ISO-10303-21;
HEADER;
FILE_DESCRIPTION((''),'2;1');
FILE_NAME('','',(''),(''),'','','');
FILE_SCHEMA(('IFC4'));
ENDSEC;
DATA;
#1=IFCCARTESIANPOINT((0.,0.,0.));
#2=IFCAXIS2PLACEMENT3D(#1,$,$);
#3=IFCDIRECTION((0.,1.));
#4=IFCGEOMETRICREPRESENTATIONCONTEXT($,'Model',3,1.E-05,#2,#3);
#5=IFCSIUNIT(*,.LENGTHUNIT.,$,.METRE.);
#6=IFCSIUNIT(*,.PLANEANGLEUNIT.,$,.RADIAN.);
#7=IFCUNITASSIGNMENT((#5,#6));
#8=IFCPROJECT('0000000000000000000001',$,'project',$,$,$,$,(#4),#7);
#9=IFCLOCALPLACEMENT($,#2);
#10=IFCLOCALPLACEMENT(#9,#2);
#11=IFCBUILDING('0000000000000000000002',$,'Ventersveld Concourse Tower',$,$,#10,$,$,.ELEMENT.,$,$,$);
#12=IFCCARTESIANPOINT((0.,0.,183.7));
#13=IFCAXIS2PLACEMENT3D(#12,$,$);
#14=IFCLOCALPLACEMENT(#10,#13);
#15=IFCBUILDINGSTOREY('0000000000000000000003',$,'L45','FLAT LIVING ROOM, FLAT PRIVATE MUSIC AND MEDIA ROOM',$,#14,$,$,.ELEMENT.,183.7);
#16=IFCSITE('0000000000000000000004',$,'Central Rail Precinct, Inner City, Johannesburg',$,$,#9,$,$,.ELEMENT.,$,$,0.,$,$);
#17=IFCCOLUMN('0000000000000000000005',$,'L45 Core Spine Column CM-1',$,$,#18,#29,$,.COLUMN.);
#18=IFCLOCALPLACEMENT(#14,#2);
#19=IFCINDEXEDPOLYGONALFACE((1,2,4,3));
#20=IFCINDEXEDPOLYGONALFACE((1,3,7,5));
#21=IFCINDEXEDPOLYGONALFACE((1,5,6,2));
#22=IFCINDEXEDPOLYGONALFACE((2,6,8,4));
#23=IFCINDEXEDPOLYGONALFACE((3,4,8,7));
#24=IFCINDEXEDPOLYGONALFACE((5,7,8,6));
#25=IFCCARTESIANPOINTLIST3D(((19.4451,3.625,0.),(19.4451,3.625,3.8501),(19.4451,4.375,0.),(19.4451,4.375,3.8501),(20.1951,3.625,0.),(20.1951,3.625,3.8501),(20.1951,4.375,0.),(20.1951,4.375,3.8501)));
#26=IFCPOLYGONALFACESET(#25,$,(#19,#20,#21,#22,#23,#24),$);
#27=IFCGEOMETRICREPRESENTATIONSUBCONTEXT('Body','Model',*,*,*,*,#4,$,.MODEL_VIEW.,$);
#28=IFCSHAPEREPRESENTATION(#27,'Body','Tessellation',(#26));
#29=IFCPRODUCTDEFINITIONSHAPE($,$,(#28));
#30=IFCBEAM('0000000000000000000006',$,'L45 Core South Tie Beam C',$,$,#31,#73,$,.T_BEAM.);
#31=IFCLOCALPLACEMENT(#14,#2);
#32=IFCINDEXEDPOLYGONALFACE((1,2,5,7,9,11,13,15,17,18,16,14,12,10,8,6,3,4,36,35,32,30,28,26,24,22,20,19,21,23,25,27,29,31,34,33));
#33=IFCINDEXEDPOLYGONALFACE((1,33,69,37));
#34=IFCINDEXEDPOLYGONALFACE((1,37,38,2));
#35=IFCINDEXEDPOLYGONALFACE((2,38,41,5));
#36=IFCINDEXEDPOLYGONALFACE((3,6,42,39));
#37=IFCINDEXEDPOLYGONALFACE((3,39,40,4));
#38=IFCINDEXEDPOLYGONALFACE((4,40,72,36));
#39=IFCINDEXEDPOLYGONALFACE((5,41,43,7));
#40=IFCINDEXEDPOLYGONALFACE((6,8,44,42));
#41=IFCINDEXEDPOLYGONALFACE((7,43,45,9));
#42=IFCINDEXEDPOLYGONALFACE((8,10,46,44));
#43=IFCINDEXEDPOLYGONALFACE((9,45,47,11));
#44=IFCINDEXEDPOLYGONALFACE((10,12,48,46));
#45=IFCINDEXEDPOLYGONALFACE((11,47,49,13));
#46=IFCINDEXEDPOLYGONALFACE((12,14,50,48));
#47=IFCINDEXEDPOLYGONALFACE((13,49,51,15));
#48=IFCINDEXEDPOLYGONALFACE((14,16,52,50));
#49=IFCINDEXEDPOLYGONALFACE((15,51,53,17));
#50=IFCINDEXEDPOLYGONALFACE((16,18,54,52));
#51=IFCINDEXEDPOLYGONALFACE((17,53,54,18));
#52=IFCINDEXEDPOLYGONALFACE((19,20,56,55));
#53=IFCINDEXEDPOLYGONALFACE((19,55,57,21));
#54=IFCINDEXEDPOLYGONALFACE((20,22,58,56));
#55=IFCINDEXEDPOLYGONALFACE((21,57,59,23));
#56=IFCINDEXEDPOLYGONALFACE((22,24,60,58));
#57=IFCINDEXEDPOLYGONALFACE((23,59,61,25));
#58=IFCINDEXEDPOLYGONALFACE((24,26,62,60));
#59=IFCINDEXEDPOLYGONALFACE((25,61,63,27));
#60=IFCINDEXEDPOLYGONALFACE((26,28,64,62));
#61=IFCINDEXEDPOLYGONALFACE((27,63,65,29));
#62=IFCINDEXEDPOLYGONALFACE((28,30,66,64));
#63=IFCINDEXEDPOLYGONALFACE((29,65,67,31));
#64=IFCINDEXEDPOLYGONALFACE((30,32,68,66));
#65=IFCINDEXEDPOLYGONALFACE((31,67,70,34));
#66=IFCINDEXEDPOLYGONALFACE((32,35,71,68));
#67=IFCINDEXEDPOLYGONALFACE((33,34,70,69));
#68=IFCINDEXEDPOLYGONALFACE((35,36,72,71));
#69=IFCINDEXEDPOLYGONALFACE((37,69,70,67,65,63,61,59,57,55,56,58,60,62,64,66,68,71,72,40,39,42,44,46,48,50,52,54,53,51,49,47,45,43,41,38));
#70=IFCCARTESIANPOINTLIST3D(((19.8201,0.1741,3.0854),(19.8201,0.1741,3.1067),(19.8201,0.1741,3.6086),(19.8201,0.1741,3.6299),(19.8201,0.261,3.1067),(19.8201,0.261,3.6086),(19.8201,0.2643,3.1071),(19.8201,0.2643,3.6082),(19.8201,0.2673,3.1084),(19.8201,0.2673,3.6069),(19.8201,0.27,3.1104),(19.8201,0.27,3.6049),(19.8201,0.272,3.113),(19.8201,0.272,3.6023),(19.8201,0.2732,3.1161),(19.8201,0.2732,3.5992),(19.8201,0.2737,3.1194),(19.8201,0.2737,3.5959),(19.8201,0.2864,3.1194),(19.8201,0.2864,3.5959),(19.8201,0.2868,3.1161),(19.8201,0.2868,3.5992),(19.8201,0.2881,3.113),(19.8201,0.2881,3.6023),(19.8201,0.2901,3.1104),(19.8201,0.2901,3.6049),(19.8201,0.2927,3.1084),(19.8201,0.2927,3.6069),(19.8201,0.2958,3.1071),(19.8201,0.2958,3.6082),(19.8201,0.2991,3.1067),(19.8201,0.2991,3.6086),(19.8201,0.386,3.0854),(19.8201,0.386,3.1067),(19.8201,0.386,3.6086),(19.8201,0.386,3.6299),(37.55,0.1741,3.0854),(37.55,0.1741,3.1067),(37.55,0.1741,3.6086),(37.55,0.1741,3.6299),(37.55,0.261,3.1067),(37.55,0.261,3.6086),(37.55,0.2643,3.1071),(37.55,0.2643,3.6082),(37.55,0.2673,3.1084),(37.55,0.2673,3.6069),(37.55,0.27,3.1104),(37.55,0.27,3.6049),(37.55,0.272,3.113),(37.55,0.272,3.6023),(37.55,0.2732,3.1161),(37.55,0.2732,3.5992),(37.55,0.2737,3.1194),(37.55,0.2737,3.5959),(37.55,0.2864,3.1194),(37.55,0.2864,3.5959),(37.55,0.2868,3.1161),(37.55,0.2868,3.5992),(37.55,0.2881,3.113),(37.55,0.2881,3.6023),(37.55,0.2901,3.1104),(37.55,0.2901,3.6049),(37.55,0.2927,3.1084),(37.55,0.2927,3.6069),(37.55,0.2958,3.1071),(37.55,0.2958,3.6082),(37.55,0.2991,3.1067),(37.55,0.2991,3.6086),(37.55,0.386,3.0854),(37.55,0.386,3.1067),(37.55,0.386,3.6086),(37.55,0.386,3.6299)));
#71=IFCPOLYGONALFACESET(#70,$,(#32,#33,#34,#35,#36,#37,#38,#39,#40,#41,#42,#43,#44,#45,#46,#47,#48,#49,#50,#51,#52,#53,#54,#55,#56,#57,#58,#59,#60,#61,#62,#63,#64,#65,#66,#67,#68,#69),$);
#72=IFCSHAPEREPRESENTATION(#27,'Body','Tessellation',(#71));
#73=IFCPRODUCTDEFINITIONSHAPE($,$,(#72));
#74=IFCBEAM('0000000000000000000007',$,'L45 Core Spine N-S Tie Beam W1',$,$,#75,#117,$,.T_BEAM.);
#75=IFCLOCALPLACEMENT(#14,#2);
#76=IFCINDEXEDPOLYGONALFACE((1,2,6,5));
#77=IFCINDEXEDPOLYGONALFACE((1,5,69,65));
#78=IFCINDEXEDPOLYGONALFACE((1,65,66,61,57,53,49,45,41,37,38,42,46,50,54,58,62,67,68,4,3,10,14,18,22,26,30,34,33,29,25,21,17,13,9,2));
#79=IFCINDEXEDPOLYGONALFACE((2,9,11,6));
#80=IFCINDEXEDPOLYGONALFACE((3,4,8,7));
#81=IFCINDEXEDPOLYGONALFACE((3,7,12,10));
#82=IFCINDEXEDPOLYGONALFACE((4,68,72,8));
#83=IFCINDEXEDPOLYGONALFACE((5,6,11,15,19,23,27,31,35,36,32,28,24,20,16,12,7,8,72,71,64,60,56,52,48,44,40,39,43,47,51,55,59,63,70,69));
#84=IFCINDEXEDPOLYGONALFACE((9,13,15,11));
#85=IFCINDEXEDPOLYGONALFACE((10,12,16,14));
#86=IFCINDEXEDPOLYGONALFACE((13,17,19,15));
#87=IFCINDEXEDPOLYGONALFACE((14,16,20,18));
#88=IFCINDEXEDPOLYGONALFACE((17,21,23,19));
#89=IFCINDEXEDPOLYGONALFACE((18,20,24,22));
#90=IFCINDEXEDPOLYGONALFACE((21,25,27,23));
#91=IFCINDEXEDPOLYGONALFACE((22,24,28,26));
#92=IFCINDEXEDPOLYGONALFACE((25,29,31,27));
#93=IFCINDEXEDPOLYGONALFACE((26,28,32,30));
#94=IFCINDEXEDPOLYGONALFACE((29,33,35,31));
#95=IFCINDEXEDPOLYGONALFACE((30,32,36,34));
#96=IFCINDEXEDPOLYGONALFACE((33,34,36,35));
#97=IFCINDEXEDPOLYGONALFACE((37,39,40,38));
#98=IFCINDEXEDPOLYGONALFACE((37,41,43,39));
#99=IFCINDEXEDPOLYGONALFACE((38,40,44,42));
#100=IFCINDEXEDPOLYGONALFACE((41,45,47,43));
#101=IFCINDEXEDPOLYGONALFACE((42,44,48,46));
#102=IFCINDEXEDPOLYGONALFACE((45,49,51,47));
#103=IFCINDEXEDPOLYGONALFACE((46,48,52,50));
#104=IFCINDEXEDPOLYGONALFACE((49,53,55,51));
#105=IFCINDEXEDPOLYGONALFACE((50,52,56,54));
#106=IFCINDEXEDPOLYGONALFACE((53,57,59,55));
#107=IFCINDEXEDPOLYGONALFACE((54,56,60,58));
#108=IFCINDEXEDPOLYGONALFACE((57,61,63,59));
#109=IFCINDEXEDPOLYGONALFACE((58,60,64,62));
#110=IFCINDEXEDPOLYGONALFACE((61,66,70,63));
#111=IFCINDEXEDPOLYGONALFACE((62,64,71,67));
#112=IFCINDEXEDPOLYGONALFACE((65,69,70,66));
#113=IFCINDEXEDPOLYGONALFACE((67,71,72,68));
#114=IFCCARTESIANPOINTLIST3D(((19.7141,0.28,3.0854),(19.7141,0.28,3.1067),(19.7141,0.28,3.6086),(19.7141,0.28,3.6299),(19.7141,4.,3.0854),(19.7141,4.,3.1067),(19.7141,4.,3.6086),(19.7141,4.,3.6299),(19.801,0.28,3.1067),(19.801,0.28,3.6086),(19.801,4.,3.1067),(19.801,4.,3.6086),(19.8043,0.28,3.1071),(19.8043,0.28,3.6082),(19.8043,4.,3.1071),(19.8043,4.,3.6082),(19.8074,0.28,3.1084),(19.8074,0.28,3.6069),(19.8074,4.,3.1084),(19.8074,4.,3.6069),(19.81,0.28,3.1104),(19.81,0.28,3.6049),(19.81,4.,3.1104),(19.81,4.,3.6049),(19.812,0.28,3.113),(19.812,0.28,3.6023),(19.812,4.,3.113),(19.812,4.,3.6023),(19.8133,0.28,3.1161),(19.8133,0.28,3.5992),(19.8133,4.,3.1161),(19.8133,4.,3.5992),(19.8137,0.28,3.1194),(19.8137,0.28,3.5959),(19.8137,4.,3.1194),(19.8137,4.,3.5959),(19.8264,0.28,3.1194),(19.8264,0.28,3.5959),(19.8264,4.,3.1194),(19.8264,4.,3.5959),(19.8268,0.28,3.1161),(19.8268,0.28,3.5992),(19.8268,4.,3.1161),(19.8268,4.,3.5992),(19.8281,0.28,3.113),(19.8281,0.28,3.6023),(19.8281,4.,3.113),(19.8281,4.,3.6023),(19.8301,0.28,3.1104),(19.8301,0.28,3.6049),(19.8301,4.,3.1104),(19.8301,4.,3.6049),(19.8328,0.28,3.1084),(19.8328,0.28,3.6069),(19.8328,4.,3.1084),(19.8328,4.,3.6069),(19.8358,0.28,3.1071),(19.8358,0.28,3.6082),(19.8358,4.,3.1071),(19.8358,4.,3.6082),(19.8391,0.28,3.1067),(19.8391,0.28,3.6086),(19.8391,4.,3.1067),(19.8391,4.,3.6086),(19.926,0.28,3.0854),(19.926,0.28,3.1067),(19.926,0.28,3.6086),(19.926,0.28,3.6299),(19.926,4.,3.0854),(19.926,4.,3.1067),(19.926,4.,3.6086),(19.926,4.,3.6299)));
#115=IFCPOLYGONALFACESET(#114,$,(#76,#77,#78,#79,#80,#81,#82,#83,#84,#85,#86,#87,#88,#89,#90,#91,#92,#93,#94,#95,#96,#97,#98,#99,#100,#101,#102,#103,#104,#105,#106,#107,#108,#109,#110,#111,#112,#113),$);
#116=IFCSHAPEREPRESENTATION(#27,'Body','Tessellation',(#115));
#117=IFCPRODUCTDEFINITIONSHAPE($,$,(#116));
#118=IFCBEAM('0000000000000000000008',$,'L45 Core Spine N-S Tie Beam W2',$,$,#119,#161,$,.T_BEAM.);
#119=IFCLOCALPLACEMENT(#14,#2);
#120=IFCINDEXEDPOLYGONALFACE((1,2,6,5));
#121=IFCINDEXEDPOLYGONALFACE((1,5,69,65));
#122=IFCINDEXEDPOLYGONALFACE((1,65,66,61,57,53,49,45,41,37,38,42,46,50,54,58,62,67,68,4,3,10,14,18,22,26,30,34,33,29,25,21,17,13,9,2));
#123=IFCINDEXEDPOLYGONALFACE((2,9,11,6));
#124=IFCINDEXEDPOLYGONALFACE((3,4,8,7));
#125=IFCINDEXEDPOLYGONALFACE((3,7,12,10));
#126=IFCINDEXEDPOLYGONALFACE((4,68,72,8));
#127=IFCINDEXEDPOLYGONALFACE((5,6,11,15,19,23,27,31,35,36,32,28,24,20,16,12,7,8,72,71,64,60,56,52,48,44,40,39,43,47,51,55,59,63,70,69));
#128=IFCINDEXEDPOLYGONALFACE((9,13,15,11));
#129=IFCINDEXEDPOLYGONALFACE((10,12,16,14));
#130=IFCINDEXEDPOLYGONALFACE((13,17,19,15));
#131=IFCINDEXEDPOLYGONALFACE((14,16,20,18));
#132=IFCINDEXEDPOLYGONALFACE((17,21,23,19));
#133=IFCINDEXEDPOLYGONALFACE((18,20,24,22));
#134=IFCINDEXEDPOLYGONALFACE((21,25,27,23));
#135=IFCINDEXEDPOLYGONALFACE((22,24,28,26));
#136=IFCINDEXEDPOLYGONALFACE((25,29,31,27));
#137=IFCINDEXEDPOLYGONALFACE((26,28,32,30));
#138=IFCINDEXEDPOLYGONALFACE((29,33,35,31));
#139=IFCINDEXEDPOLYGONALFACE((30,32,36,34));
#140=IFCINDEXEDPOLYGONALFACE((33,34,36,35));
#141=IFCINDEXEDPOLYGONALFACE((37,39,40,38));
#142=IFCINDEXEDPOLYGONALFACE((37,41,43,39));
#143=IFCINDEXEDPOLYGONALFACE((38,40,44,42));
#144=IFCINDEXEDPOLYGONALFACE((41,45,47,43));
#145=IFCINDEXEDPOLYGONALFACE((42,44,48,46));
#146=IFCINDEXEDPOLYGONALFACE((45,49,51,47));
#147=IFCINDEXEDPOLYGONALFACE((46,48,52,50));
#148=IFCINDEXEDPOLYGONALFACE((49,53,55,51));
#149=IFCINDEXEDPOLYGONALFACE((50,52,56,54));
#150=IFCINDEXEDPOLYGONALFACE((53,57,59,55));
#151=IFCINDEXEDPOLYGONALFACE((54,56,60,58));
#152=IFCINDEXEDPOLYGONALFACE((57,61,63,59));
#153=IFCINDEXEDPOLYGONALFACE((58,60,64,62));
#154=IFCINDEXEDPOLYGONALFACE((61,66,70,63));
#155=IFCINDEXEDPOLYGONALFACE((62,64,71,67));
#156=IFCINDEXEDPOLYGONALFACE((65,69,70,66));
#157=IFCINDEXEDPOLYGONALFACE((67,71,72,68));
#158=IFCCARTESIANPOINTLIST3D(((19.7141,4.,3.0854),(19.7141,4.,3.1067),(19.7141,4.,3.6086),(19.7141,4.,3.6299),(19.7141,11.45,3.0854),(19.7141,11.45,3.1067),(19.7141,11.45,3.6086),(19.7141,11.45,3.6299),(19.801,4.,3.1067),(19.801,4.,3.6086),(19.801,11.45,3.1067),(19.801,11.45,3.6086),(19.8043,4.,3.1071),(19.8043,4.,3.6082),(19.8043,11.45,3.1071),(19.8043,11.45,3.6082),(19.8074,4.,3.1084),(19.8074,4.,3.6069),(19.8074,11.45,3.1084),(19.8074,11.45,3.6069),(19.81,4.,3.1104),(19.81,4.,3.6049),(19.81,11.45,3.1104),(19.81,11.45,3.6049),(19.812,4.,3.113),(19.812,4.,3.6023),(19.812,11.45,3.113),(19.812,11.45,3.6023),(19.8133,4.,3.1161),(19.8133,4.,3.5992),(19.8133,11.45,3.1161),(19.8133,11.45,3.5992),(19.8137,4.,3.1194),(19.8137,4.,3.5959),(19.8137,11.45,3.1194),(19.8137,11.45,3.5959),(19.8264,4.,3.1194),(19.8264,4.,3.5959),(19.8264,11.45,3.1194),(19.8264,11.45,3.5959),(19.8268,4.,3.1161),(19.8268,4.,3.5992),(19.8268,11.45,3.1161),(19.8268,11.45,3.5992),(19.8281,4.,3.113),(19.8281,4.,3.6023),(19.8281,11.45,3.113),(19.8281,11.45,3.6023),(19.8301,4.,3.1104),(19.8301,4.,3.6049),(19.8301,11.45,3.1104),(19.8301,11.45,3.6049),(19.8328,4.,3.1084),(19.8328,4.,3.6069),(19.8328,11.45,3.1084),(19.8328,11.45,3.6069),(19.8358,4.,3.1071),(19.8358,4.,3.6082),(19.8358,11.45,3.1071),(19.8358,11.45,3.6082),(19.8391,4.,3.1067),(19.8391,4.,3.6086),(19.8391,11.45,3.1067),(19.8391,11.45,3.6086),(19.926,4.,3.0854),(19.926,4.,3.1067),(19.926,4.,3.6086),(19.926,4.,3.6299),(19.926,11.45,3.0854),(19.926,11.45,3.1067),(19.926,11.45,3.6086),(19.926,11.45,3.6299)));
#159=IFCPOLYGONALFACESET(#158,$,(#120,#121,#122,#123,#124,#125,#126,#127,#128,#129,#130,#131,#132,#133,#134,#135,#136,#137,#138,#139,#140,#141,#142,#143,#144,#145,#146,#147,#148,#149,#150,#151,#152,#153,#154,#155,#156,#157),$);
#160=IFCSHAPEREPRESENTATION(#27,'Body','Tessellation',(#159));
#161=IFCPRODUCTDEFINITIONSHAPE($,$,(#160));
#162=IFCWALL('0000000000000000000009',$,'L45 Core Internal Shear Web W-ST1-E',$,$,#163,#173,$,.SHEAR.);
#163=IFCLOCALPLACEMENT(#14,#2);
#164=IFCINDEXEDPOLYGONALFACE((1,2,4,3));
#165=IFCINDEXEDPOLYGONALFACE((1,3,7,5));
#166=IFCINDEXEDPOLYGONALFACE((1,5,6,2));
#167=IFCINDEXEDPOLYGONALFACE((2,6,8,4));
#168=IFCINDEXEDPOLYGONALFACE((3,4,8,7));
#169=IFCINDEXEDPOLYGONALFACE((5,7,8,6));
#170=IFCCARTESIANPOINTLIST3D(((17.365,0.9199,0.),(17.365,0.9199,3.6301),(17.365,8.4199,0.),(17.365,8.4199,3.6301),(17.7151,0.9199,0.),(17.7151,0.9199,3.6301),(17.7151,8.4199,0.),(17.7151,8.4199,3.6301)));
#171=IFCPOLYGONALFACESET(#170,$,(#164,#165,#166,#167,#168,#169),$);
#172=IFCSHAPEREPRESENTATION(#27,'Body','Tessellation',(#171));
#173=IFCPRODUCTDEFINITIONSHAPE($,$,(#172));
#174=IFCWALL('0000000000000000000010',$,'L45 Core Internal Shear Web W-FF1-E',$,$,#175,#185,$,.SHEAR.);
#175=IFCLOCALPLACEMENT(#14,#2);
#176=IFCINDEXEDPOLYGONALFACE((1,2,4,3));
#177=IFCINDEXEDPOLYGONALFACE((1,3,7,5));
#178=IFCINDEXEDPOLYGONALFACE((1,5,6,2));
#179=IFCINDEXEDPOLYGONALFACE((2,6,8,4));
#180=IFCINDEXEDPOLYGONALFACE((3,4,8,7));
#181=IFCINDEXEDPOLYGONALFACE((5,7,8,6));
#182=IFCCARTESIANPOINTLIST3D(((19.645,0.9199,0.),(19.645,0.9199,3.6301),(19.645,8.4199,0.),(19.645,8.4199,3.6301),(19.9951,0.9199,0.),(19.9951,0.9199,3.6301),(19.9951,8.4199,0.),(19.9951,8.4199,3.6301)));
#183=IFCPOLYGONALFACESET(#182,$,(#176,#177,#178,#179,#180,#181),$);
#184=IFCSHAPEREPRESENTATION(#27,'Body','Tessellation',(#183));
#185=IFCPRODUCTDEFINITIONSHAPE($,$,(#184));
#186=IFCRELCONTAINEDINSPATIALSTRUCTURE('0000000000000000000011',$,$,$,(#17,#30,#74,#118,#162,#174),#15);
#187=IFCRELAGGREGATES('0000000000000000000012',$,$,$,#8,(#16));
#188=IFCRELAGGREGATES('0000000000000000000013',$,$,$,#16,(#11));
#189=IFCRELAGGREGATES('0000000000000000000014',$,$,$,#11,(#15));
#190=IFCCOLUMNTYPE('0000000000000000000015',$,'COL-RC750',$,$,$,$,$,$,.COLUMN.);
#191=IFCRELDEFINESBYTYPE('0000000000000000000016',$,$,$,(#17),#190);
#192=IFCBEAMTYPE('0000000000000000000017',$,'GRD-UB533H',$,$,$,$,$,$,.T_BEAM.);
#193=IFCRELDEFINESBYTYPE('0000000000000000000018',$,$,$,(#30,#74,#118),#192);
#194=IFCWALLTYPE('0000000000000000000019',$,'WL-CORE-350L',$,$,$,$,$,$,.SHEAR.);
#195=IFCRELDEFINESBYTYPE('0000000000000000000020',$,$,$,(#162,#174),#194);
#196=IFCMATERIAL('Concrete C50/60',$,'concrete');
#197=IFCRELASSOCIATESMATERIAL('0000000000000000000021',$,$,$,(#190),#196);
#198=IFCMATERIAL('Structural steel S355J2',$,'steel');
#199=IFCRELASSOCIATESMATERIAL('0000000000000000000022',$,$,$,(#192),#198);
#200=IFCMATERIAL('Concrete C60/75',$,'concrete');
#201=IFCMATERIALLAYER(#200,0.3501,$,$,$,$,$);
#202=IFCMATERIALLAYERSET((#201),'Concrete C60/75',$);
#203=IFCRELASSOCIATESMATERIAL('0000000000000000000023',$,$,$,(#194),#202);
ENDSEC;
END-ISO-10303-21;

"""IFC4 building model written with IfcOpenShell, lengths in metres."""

from ifc_helpers import new_model, si_unit, direction, frame, frame_2d, origin, origin_2d, place, context, subcontext, project, spatial, rectangle, i_section, extrude, material, layer, layer_set, material_profile, profile_set, type_object, element, save


model = new_model("IFC4")

# Units and contexts
model_context = context("Model", 3, precision=1e-05, world=origin(), true_north=direction((0.0, 1.0)))
body_context = subcontext(model_context, "Body", "Model", "MODEL_VIEW")
ifc_project = project(units=[si_unit("LENGTHUNIT", "METRE"), si_unit("PLANEANGLEUNIT", "RADIAN")], contexts=[model_context])

# Site, building, storey
site_placement = place(None, origin())
site = spatial("IfcSite", under=ifc_project, at=site_placement, Name="Central Rail Precinct, Inner City, Johannesburg", CompositionType="ELEMENT", RefElevation=0.0)
building_placement = place(site_placement, origin())
building = spatial("IfcBuilding", under=site, at=building_placement, Name="Ventersveld Concourse Tower", CompositionType="ELEMENT")
storey_placement = place(building_placement, frame((0.0, 0.0, 183.7)))
storey = spatial("IfcBuildingStorey", under=building, at=storey_placement, Name="L45", Description="FLAT LIVING ROOM, FLAT PRIVATE MUSIC AND MEDIA ROOM", CompositionType="ELEMENT", Elevation=183.7)

# Column
ifc_material_1 = material(Name="Concrete C50/60", Category="concrete")
ifc_material_profile_1 = material_profile(ifc_material_1, rectangle(XDim=0.75, YDim=0.75, at=origin_2d()), Name="RC 750x750")
ifc_profile_set_1 = profile_set([ifc_material_profile_1], Name="Concrete C50/60")
column_type = type_object("IfcColumnType", Name="COL-RC750", PredefinedType="COLUMN", material=ifc_profile_set_1)
column_placement = place(storey_placement, frame((19.8201, 4.0, 0.0), z_axis=(0.0, 0.0, 1.0), x_axis=(1.0, 0.0, 0.0)))
element("IfcColumn", 1, at=column_placement, inside=storey, type_object=column_type, Name="L45 Core Spine Column CM-1", PredefinedType="COLUMN", context=body_context, shape_type="SweptSolid", body=[
    extrude(rectangle(XDim=0.75, YDim=0.75, at=origin_2d()), origin(), (0.0, 0.0, 1.0), 3.8501),
])

# Beams
ifc_material_2 = material(Name="Structural steel S355J2", Category="steel")
ifc_material_profile_2 = material_profile(ifc_material_2, i_section(OverallWidth=0.2119, OverallDepth=0.5444, WebThickness=0.0127, FlangeThickness=0.0212, FilletRadius=0.0127, at=origin_2d()), Name="UB 533x210x122")
ifc_profile_set_2 = profile_set([ifc_material_profile_2], Name="Structural steel S355J2")
beam_type = type_object("IfcBeamType", Name="GRD-UB533H", PredefinedType="T_BEAM", material=ifc_profile_set_2)
beam_1_placement = place(storey_placement, frame((19.8201, 0.28, 3.3577), z_axis=(1.0, 0.0, 0.0), x_axis=(0.0, 1.0, 0.0)))
element("IfcBeam", 2, at=beam_1_placement, inside=storey, type_object=beam_type, Name="L45 Core South Tie Beam C", PredefinedType="T_BEAM", context=body_context, shape_type="SweptSolid", body=[
    extrude(i_section(OverallWidth=0.2119, OverallDepth=0.5444, WebThickness=0.0127, FlangeThickness=0.0212, FilletRadius=0.0127, at=origin_2d()), origin(), (0.0, 0.0, 1.0), 17.73),
])
beam_2_placement = place(storey_placement, frame((19.8201, 0.28, 3.3577), z_axis=(0.0, 1.0, 0.0), x_axis=(-1.0, 0.0, 0.0)))
element("IfcBeam", 3, at=beam_2_placement, inside=storey, type_object=beam_type, Name="L45 Core Spine N-S Tie Beam W1", PredefinedType="T_BEAM", context=body_context, shape_type="SweptSolid", body=[
    extrude(i_section(OverallWidth=0.2119, OverallDepth=0.5444, WebThickness=0.0127, FlangeThickness=0.0212, FilletRadius=0.0127, at=origin_2d()), origin(), (0.0, 0.0, 1.0), 3.72),
])
beam_3_placement = place(storey_placement, frame((19.8201, 4.0, 3.3577), z_axis=(0.0, 1.0, 0.0), x_axis=(-1.0, 0.0, 0.0)))
element("IfcBeam", 4, at=beam_3_placement, inside=storey, type_object=beam_type, Name="L45 Core Spine N-S Tie Beam W2", PredefinedType="T_BEAM", context=body_context, shape_type="SweptSolid", body=[
    extrude(i_section(OverallWidth=0.2119, OverallDepth=0.5444, WebThickness=0.0127, FlangeThickness=0.0212, FilletRadius=0.0127, at=origin_2d()), origin(), (0.0, 0.0, 1.0), 7.45),
])

# Walls
ifc_material_3 = material(Name="Concrete C60/75", Category="concrete")
ifc_layer_1 = layer(ifc_material_3, 0.3501)
ifc_layer_set_1 = layer_set([ifc_layer_1], Name="Concrete C60/75")
wall_type_1 = type_object("IfcWallType", Name="WL-CORE-350L", PredefinedType="SHEAR", material=ifc_layer_set_1)
for number, where, z_axis, x_axis, name in (
    (5, (17.54, 0.9199, 0.0), (0.0, 0.0, 1.0), (0.0, 1.0, 0.0), "L45 Core Internal Shear Web W-ST1-E"),
    (6, (19.8201, 0.9199, 0.0), (0.0, 0.0, 1.0), (0.0, 1.0, 0.0), "L45 Core Internal Shear Web W-FF1-E"),
):
    element("IfcWall", number, at=place(storey_placement, frame(where, z_axis=z_axis, x_axis=x_axis)), inside=storey, type_object=wall_type_1, Name=name, PredefinedType="SHEAR", context=body_context, shape_type="SweptSolid", body=[
        extrude(rectangle(XDim=7.5, YDim=0.3501, at=frame_2d((3.75, 0.0))), origin(), (0.0, 0.0, 1.0), 3.6301),
    ])

save(model, "model.ifc")
